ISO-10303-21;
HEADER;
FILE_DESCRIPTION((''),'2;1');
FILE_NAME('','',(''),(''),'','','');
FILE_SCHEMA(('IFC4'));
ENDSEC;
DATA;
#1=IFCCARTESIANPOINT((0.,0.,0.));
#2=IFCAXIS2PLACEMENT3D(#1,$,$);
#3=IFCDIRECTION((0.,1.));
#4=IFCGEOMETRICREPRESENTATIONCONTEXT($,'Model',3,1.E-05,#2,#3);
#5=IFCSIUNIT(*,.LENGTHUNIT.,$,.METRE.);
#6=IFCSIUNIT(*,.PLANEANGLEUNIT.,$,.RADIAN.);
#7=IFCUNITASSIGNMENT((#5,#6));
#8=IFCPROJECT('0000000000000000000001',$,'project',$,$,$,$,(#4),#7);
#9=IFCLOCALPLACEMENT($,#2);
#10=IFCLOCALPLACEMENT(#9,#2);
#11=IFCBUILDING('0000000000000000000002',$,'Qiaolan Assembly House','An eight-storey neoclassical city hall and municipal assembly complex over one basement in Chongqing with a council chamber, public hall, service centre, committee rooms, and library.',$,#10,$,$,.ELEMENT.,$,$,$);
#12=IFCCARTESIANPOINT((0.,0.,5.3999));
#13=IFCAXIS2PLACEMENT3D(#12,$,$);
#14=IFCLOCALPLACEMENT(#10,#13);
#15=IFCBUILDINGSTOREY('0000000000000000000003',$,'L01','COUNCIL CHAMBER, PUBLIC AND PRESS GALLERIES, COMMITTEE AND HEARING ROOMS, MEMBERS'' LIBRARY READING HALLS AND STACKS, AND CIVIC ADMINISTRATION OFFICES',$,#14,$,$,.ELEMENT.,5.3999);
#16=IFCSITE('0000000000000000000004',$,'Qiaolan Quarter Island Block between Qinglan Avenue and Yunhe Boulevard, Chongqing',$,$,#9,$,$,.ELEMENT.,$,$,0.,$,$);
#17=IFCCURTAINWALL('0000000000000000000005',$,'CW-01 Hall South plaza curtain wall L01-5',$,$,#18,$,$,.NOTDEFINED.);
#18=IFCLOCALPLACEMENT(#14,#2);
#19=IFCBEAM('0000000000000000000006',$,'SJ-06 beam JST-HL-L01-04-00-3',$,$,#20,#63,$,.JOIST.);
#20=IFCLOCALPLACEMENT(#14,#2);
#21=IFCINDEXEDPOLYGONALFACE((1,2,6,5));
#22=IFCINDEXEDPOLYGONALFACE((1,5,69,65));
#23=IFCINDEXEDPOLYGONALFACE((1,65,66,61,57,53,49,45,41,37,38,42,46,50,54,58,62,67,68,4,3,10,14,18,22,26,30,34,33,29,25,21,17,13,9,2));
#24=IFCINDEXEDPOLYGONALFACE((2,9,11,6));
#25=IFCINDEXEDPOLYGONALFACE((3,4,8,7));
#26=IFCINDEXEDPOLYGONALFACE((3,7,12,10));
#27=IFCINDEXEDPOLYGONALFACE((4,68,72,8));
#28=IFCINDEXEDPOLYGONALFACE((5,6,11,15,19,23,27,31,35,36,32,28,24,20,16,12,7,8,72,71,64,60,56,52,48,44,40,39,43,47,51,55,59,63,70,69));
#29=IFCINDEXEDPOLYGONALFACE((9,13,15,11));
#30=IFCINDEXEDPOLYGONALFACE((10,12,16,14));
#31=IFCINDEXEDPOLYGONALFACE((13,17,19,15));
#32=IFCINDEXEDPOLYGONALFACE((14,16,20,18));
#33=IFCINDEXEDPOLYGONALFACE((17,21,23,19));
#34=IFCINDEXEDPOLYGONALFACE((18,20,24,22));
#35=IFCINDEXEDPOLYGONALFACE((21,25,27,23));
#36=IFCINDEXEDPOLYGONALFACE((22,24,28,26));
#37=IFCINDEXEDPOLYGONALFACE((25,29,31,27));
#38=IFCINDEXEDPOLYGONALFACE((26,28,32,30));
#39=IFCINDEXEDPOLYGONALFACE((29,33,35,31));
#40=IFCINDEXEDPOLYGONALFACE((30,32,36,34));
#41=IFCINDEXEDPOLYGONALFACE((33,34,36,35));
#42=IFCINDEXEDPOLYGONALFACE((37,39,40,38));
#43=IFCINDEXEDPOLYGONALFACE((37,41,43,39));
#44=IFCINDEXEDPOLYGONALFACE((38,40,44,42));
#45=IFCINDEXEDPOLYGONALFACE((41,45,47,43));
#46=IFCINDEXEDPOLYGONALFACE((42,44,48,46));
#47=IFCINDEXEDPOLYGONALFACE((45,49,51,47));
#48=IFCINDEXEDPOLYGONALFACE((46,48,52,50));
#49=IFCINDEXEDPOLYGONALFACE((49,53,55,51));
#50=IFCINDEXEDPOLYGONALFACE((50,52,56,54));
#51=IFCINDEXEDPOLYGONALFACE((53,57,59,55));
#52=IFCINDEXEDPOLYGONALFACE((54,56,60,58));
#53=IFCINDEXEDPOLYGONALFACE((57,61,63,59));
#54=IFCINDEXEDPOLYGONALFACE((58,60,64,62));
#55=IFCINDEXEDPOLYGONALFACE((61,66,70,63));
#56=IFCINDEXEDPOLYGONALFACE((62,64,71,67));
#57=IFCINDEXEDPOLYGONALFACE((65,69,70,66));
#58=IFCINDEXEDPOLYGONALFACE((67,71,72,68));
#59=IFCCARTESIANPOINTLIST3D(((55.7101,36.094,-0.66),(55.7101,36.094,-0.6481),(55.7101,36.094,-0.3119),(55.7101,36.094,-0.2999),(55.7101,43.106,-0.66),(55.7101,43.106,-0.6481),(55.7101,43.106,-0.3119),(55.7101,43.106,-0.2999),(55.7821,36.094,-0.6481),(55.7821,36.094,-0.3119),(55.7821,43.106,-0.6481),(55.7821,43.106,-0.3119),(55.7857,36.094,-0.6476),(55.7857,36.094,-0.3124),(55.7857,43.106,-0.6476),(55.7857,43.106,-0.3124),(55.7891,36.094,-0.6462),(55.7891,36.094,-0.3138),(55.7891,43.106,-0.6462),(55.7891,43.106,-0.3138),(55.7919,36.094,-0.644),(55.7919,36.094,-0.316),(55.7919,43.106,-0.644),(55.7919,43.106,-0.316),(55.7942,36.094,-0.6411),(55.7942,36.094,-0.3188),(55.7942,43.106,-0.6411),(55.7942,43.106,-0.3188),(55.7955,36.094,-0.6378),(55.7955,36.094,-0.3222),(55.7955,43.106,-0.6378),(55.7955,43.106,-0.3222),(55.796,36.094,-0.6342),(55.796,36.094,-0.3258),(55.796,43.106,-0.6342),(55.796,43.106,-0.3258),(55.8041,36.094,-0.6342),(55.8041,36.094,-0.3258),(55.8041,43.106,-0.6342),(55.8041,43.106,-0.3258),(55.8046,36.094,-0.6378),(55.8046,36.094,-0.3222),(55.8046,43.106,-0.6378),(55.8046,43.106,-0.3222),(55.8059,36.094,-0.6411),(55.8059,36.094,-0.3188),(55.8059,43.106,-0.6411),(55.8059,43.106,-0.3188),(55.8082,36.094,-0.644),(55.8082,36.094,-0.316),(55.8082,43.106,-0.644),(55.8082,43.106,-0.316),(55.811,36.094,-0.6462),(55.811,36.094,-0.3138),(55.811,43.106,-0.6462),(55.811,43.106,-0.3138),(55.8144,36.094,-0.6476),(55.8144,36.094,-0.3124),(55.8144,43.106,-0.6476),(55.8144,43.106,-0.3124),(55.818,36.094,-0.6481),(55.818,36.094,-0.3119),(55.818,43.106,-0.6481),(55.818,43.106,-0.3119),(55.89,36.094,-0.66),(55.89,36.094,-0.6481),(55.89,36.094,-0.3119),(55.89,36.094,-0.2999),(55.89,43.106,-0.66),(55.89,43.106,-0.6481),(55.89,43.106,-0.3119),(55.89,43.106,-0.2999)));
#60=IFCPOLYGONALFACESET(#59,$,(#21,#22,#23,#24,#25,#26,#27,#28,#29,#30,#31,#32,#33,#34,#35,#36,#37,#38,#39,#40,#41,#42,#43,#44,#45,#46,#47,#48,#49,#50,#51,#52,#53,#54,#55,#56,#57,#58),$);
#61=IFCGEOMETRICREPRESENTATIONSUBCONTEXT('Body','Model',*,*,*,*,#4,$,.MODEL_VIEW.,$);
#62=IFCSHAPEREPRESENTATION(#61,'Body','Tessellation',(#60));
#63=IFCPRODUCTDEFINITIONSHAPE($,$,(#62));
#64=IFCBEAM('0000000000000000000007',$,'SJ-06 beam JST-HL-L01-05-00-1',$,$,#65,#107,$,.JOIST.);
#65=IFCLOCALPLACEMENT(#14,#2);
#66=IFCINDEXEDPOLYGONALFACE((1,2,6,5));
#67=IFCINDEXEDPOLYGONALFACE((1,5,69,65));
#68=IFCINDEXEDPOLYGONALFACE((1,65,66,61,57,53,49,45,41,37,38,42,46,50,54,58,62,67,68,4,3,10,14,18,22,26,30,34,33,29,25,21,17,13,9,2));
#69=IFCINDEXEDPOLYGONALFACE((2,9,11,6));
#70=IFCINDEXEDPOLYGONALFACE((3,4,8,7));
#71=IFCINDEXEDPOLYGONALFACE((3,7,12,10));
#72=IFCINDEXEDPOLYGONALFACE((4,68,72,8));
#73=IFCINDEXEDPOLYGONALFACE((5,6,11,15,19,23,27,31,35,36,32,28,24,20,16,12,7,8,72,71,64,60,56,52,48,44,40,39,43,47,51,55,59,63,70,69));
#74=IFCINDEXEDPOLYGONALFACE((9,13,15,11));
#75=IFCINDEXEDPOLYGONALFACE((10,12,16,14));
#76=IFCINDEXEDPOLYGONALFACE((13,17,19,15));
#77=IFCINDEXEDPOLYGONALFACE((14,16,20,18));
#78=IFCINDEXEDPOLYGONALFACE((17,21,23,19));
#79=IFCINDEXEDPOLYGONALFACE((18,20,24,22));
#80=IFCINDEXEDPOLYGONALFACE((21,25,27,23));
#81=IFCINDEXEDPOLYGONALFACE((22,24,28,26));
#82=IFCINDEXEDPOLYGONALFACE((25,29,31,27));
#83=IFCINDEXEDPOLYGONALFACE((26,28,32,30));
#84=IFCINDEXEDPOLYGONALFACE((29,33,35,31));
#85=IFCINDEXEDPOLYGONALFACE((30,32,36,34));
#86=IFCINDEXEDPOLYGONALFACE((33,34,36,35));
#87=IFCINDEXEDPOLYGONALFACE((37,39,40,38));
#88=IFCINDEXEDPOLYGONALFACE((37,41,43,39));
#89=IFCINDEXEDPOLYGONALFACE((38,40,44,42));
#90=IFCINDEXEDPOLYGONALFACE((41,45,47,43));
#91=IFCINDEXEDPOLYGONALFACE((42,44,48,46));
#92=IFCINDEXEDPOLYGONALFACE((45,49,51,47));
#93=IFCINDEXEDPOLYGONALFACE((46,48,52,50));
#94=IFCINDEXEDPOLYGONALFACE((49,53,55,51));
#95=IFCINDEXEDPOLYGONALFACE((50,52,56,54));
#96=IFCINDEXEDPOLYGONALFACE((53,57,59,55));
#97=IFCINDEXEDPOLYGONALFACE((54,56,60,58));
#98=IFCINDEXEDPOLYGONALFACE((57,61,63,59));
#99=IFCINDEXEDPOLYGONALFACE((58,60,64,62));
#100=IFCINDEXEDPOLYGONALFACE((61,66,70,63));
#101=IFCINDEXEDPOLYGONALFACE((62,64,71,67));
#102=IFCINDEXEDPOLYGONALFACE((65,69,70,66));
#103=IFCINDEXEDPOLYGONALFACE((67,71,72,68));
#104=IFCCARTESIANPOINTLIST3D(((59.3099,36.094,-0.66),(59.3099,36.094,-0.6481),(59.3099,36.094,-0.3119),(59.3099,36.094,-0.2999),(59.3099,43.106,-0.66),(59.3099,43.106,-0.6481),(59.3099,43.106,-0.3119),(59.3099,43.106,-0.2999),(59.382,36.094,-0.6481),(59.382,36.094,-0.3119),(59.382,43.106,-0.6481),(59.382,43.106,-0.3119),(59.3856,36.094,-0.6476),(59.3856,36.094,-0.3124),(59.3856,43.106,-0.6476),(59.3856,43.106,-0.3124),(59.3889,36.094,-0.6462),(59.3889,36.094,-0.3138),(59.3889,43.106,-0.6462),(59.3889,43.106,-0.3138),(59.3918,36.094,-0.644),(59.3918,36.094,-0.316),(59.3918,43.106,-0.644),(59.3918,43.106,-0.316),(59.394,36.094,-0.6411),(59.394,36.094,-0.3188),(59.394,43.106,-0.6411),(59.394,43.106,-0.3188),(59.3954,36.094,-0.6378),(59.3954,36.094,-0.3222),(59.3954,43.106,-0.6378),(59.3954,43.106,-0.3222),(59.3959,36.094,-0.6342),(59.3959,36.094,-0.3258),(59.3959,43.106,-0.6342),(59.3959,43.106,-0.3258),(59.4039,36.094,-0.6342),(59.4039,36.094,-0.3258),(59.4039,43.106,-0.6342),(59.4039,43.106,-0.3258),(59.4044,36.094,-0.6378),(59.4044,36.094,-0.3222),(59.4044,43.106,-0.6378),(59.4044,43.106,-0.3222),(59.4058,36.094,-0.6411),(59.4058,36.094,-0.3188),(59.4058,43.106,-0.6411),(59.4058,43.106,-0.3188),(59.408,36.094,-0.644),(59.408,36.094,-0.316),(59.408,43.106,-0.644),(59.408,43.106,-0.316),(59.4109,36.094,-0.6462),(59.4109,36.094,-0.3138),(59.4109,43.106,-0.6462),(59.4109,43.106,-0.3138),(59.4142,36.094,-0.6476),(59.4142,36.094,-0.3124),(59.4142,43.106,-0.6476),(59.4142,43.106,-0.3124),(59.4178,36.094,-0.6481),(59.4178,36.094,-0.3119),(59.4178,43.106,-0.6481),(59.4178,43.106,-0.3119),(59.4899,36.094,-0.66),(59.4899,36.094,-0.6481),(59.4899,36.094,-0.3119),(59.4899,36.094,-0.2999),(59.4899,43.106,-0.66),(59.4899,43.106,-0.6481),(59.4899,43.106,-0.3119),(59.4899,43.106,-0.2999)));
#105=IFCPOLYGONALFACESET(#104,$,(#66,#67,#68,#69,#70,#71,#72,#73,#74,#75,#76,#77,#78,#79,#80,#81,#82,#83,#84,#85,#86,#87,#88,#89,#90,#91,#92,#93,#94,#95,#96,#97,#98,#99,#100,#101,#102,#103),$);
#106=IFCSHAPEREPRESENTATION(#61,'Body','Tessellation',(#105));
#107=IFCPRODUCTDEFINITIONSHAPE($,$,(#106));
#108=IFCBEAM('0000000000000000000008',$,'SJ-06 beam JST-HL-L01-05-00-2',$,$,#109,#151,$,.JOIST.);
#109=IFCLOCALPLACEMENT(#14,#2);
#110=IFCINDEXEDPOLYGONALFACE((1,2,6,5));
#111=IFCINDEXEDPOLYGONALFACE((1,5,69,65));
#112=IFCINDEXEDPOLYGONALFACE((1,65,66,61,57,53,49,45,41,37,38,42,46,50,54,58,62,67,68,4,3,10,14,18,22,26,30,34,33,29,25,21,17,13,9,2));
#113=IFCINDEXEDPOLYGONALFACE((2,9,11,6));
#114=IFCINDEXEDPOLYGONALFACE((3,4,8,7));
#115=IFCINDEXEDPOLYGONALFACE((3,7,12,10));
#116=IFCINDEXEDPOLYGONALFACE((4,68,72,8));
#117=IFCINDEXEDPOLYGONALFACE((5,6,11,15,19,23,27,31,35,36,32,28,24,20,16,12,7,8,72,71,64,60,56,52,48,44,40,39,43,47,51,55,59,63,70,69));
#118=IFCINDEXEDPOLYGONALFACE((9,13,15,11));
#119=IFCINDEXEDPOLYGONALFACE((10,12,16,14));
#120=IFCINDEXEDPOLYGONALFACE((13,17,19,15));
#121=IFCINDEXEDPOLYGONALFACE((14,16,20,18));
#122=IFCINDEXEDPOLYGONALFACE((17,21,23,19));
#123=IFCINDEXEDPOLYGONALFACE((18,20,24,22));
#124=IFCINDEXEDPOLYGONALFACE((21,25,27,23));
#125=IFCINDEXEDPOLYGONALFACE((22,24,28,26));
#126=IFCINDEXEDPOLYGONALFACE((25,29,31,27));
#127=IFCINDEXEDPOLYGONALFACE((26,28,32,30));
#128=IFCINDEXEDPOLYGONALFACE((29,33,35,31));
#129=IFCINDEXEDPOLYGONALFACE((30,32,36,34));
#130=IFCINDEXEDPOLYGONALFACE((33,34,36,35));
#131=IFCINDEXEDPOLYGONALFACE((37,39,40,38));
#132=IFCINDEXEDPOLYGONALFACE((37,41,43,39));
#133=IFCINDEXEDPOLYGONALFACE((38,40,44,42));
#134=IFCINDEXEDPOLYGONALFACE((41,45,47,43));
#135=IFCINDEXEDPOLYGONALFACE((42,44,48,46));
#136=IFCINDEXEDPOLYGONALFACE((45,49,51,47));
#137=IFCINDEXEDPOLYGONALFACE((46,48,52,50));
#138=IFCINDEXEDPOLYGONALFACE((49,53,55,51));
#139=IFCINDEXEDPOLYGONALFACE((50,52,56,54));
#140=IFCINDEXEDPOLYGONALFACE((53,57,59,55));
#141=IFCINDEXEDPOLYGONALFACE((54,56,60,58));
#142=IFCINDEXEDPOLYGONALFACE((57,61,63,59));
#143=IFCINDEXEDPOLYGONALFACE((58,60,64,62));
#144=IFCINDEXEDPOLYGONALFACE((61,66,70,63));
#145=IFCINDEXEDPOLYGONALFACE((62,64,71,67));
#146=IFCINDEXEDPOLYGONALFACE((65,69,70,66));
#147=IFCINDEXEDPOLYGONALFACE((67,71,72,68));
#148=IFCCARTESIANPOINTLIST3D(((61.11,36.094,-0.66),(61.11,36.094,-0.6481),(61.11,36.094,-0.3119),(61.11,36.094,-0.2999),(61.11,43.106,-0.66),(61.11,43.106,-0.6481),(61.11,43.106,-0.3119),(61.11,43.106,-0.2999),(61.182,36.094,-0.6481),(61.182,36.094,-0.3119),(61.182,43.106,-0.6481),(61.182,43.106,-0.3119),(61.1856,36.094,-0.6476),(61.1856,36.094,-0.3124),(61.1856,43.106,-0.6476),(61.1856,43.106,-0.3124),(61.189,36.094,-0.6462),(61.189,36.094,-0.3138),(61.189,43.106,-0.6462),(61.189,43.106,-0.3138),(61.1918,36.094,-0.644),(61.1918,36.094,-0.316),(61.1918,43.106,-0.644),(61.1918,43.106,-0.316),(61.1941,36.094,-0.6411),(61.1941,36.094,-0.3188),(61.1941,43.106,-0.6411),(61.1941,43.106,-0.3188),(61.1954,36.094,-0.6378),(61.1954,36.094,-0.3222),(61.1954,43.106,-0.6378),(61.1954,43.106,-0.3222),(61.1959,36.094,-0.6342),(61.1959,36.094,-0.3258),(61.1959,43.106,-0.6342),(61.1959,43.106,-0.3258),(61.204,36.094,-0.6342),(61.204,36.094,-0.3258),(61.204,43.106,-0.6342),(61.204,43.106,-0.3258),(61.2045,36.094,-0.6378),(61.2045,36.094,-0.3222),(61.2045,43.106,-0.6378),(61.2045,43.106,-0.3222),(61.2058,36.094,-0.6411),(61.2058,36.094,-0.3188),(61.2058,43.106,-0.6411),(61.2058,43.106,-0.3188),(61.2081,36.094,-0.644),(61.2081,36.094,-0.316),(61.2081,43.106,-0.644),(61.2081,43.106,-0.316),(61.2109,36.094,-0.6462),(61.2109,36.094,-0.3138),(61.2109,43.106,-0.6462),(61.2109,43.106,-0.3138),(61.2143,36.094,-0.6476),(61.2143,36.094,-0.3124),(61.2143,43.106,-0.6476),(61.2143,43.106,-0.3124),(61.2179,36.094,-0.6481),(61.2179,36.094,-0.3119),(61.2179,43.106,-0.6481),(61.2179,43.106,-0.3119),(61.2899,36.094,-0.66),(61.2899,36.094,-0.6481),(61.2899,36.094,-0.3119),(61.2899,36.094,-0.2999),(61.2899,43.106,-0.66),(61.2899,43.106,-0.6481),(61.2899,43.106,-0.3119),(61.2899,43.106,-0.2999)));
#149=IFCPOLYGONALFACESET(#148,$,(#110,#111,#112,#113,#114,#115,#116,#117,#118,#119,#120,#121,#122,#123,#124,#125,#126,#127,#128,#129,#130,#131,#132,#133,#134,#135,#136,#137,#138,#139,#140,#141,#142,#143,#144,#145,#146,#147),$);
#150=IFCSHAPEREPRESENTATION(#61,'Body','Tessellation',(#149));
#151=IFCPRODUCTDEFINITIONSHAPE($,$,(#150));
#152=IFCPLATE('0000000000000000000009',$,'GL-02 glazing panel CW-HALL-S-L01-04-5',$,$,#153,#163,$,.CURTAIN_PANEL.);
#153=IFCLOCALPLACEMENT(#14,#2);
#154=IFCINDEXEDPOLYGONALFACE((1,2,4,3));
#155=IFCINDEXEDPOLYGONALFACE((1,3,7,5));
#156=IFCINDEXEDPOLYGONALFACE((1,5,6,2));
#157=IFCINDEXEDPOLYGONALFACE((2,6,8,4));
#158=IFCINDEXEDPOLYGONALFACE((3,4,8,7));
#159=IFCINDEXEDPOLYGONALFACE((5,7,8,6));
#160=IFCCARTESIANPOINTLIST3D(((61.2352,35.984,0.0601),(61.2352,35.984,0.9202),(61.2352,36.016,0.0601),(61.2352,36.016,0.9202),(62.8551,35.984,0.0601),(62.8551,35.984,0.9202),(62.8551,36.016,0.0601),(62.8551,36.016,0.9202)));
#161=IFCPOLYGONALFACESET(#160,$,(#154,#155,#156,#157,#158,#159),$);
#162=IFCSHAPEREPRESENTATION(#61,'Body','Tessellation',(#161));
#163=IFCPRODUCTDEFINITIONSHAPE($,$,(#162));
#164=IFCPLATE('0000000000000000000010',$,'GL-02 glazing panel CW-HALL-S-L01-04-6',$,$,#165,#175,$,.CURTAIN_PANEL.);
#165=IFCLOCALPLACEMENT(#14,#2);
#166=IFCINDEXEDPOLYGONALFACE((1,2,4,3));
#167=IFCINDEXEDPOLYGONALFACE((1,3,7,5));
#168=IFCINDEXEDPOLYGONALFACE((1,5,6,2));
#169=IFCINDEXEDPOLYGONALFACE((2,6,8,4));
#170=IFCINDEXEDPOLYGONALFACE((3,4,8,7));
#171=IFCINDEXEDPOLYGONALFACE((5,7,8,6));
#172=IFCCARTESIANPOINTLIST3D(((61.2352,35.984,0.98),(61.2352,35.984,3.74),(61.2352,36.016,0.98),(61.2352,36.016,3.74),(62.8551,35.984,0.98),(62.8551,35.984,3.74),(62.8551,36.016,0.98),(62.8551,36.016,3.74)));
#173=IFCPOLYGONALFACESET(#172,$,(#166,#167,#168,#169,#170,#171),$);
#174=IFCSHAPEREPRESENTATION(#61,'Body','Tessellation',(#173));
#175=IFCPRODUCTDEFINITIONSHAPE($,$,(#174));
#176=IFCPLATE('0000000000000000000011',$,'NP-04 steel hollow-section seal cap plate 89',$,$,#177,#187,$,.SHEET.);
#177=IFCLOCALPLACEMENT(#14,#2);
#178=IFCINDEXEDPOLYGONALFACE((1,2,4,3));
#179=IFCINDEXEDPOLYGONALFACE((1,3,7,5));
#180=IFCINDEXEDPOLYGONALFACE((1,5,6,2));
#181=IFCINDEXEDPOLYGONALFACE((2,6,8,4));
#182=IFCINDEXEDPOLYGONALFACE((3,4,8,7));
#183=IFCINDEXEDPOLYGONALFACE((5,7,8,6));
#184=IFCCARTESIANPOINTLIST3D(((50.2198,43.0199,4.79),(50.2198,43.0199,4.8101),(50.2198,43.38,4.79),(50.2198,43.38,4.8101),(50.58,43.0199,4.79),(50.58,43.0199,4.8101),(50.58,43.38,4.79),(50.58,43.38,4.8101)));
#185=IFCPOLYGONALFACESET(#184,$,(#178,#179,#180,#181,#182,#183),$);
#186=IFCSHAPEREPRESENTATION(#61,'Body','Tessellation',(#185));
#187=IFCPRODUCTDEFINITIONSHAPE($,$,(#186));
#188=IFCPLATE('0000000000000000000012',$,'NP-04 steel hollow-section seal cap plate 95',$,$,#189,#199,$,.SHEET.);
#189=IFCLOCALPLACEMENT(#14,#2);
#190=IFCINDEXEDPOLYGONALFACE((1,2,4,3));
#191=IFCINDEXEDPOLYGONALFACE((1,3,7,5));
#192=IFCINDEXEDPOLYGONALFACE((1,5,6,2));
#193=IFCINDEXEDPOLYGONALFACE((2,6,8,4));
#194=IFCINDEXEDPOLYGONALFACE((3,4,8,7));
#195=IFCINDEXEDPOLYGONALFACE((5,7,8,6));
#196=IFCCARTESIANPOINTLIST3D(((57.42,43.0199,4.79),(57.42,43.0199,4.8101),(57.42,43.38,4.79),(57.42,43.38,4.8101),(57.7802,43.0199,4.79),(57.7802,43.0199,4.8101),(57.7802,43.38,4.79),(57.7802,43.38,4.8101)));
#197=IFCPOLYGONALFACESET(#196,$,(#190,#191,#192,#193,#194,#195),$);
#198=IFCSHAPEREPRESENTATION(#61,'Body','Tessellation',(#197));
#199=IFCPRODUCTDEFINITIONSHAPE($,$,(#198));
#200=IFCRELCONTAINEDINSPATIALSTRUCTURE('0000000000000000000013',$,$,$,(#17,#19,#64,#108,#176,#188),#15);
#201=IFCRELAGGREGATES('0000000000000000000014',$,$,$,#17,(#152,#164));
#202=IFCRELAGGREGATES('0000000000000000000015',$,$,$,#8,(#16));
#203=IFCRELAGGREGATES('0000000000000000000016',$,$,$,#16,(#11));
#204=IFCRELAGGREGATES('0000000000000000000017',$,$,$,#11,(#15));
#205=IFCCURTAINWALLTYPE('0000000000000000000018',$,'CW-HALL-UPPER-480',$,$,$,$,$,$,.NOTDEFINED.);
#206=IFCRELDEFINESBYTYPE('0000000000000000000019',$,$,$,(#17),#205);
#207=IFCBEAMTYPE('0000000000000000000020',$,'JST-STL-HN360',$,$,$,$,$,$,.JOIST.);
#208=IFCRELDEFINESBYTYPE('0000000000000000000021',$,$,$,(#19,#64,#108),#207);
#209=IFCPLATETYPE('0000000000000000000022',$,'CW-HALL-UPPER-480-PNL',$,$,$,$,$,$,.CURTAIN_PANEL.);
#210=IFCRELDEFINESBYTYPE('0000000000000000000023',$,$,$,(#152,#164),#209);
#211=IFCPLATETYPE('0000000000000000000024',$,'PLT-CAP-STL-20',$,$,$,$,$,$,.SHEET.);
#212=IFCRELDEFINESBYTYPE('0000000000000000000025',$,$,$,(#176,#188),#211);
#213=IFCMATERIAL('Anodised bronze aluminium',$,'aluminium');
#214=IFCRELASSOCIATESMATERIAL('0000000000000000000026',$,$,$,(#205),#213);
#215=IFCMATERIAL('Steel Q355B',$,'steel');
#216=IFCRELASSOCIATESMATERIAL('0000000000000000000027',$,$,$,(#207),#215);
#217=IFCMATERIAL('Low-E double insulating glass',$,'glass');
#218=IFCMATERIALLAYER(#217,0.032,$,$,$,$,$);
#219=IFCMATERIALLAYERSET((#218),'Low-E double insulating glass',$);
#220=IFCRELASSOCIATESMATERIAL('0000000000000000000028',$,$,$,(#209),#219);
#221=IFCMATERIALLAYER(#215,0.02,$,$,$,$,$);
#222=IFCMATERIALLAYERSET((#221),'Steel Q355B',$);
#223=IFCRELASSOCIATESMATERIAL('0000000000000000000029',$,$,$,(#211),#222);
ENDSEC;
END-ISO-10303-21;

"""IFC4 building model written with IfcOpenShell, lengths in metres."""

from ifc_helpers import new_model, si_unit, direction, frame, frame_2d, origin, origin_2d, place, context, subcontext, project, spatial, rectangle, i_section, extrude, material, layer, layer_set, material_profile, profile_set, type_object, element, aggregate, save


model = new_model("IFC4")

# Units and contexts
model_context = context("Model", 3, precision=1e-05, world=origin(), true_north=direction((0.0, 1.0)))
body_context = subcontext(model_context, "Body", "Model", "MODEL_VIEW")
ifc_project = project(units=[si_unit("LENGTHUNIT", "METRE"), si_unit("PLANEANGLEUNIT", "RADIAN")], contexts=[model_context])

# Site, building, storey
site_placement = place(None, origin())
site = spatial("IfcSite", under=ifc_project, at=site_placement, Name="Qiaolan Quarter Island Block between Qinglan Avenue and Yunhe Boulevard, Chongqing", CompositionType="ELEMENT", RefElevation=0.0)
building_placement = place(site_placement, origin())
building = spatial("IfcBuilding", under=site, at=building_placement, Name="Qiaolan Assembly House", Description="An eight-storey neoclassical city hall and municipal assembly complex over one basement in Chongqing with a council chamber, public hall, service centre, committee rooms, and library.", CompositionType="ELEMENT")
storey_placement = place(building_placement, frame((0.0, 0.0, 5.3999)))
storey = spatial("IfcBuildingStorey", under=building, at=storey_placement, Name="L01", Description="COUNCIL CHAMBER, PUBLIC AND PRESS GALLERIES, COMMITTEE AND HEARING ROOMS, MEMBERS' LIBRARY READING HALLS AND STACKS, AND CIVIC ADMINISTRATION OFFICES", CompositionType="ELEMENT", Elevation=5.3999)

# Shared definitions
ifc_material_1 = material(Name="Steel Q355B", Category="steel")

# Curtain wall
ifc_material_2 = material(Name="Anodised bronze aluminium", Category="aluminium")
curtain_wall_type = type_object("IfcCurtainWallType", Name="CW-HALL-UPPER-480", PredefinedType="NOTDEFINED", material=ifc_material_2)
curtain_wall_placement = place(storey_placement, origin())
curtain_wall = element("IfcCurtainWall", 1, at=curtain_wall_placement, inside=storey, type_object=curtain_wall_type, Name="CW-01 Hall South plaza curtain wall L01-5", PredefinedType="NOTDEFINED")

# Beams
ifc_material_profile_1 = material_profile(ifc_material_1, i_section(OverallWidth=0.1799, OverallDepth=0.3601, WebThickness=0.0081, FlangeThickness=0.012, FilletRadius=0.0139, at=origin_2d()), Name="HN 360x180x8x12")
ifc_profile_set_1 = profile_set([ifc_material_profile_1], Name="Steel Q355B")
beam_type_1 = type_object("IfcBeamType", Name="JST-STL-HN360", PredefinedType="JOIST", material=ifc_profile_set_1)
for number, where, z_axis, x_axis, name in (
    (2, (55.8, 36.094, -0.48), (0.0, 1.0, 0.0), (-1.0, 0.0, 0.0), "SJ-06 beam JST-HL-L01-04-00-3"),
    (3, (59.3999, 36.094, -0.48), (0.0, 1.0, 0.0), (-1.0, 0.0, 0.0), "SJ-06 beam JST-HL-L01-05-00-1"),
    (4, (61.2, 36.094, -0.48), (0.0, 1.0, 0.0), (-1.0, 0.0, 0.0), "SJ-06 beam JST-HL-L01-05-00-2"),
):
    element("IfcBeam", number, at=place(storey_placement, frame(where, z_axis=z_axis, x_axis=x_axis)), inside=storey, type_object=beam_type_1, Name=name, PredefinedType="JOIST", context=body_context, shape_type="SweptSolid", body=[
        extrude(i_section(OverallWidth=0.1799, OverallDepth=0.3601, WebThickness=0.0081, FlangeThickness=0.012, FilletRadius=0.0139, at=origin_2d()), origin(), (0.0, 0.0, 1.0), 7.012),
    ])

# Plates
ifc_material_3 = material(Name="Low-E double insulating glass", Category="glass")
ifc_layer_1 = layer(ifc_material_3, 0.032)
ifc_layer_set_1 = layer_set([ifc_layer_1], Name="Low-E double insulating glass")
plate_type_1 = type_object("IfcPlateType", Name="CW-HALL-UPPER-480-PNL", PredefinedType="CURTAIN_PANEL", material=ifc_layer_set_1)
plate_1_placement = place(storey_placement, frame((61.2351, 36.0, 0.0601), z_axis=(0.0, 0.0, 1.0), x_axis=(1.0, 0.0, 0.0)))
plate_1 = element("IfcPlate", 5, at=plate_1_placement, type_object=plate_type_1, Name="GL-02 glazing panel CW-HALL-S-L01-04-5", PredefinedType="CURTAIN_PANEL", context=body_context, shape_type="SweptSolid", body=[
    extrude(rectangle(XDim=1.6199, YDim=0.032, at=frame_2d((0.8101, 0.0))), origin(), (0.0, 0.0, 1.0), 0.8601),
])
plate_2_placement = place(storey_placement, frame((61.2351, 36.0, 0.98), z_axis=(0.0, 0.0, 1.0), x_axis=(1.0, 0.0, 0.0)))
plate_2 = element("IfcPlate", 6, at=plate_2_placement, type_object=plate_type_1, Name="GL-02 glazing panel CW-HALL-S-L01-04-6", PredefinedType="CURTAIN_PANEL", context=body_context, shape_type="SweptSolid", body=[
    extrude(rectangle(XDim=1.6199, YDim=0.032, at=frame_2d((0.8101, 0.0))), origin(), (0.0, 0.0, 1.0), 2.76),
])
aggregate(curtain_wall, [plate_1, plate_2])

# Plates
ifc_layer_2 = layer(ifc_material_1, 0.02)
ifc_layer_set_2 = layer_set([ifc_layer_2], Name="Steel Q355B")
plate_type_2 = type_object("IfcPlateType", Name="PLT-CAP-STL-20", PredefinedType="SHEET", material=ifc_layer_set_2)
for number, where, z_axis, x_axis, name in (
    (7, (50.3999, 43.2, 4.79), (0.0, 0.0, 1.0), (1.0, 0.0, 0.0), "NP-04 steel hollow-section seal cap plate 89"),
    (8, (57.6001, 43.2, 4.79), (0.0, 0.0, 1.0), (1.0, 0.0, 0.0), "NP-04 steel hollow-section seal cap plate 95"),
):
    element("IfcPlate", number, at=place(storey_placement, frame(where, z_axis=z_axis, x_axis=x_axis)), inside=storey, type_object=plate_type_2, Name=name, PredefinedType="SHEET", context=body_context, shape_type="SweptSolid", body=[
        extrude(rectangle(XDim=0.3601, YDim=0.3601, at=origin_2d()), origin(), (0.0, 0.0, 1.0), 0.02),
    ])

save(model, "model.ifc")
